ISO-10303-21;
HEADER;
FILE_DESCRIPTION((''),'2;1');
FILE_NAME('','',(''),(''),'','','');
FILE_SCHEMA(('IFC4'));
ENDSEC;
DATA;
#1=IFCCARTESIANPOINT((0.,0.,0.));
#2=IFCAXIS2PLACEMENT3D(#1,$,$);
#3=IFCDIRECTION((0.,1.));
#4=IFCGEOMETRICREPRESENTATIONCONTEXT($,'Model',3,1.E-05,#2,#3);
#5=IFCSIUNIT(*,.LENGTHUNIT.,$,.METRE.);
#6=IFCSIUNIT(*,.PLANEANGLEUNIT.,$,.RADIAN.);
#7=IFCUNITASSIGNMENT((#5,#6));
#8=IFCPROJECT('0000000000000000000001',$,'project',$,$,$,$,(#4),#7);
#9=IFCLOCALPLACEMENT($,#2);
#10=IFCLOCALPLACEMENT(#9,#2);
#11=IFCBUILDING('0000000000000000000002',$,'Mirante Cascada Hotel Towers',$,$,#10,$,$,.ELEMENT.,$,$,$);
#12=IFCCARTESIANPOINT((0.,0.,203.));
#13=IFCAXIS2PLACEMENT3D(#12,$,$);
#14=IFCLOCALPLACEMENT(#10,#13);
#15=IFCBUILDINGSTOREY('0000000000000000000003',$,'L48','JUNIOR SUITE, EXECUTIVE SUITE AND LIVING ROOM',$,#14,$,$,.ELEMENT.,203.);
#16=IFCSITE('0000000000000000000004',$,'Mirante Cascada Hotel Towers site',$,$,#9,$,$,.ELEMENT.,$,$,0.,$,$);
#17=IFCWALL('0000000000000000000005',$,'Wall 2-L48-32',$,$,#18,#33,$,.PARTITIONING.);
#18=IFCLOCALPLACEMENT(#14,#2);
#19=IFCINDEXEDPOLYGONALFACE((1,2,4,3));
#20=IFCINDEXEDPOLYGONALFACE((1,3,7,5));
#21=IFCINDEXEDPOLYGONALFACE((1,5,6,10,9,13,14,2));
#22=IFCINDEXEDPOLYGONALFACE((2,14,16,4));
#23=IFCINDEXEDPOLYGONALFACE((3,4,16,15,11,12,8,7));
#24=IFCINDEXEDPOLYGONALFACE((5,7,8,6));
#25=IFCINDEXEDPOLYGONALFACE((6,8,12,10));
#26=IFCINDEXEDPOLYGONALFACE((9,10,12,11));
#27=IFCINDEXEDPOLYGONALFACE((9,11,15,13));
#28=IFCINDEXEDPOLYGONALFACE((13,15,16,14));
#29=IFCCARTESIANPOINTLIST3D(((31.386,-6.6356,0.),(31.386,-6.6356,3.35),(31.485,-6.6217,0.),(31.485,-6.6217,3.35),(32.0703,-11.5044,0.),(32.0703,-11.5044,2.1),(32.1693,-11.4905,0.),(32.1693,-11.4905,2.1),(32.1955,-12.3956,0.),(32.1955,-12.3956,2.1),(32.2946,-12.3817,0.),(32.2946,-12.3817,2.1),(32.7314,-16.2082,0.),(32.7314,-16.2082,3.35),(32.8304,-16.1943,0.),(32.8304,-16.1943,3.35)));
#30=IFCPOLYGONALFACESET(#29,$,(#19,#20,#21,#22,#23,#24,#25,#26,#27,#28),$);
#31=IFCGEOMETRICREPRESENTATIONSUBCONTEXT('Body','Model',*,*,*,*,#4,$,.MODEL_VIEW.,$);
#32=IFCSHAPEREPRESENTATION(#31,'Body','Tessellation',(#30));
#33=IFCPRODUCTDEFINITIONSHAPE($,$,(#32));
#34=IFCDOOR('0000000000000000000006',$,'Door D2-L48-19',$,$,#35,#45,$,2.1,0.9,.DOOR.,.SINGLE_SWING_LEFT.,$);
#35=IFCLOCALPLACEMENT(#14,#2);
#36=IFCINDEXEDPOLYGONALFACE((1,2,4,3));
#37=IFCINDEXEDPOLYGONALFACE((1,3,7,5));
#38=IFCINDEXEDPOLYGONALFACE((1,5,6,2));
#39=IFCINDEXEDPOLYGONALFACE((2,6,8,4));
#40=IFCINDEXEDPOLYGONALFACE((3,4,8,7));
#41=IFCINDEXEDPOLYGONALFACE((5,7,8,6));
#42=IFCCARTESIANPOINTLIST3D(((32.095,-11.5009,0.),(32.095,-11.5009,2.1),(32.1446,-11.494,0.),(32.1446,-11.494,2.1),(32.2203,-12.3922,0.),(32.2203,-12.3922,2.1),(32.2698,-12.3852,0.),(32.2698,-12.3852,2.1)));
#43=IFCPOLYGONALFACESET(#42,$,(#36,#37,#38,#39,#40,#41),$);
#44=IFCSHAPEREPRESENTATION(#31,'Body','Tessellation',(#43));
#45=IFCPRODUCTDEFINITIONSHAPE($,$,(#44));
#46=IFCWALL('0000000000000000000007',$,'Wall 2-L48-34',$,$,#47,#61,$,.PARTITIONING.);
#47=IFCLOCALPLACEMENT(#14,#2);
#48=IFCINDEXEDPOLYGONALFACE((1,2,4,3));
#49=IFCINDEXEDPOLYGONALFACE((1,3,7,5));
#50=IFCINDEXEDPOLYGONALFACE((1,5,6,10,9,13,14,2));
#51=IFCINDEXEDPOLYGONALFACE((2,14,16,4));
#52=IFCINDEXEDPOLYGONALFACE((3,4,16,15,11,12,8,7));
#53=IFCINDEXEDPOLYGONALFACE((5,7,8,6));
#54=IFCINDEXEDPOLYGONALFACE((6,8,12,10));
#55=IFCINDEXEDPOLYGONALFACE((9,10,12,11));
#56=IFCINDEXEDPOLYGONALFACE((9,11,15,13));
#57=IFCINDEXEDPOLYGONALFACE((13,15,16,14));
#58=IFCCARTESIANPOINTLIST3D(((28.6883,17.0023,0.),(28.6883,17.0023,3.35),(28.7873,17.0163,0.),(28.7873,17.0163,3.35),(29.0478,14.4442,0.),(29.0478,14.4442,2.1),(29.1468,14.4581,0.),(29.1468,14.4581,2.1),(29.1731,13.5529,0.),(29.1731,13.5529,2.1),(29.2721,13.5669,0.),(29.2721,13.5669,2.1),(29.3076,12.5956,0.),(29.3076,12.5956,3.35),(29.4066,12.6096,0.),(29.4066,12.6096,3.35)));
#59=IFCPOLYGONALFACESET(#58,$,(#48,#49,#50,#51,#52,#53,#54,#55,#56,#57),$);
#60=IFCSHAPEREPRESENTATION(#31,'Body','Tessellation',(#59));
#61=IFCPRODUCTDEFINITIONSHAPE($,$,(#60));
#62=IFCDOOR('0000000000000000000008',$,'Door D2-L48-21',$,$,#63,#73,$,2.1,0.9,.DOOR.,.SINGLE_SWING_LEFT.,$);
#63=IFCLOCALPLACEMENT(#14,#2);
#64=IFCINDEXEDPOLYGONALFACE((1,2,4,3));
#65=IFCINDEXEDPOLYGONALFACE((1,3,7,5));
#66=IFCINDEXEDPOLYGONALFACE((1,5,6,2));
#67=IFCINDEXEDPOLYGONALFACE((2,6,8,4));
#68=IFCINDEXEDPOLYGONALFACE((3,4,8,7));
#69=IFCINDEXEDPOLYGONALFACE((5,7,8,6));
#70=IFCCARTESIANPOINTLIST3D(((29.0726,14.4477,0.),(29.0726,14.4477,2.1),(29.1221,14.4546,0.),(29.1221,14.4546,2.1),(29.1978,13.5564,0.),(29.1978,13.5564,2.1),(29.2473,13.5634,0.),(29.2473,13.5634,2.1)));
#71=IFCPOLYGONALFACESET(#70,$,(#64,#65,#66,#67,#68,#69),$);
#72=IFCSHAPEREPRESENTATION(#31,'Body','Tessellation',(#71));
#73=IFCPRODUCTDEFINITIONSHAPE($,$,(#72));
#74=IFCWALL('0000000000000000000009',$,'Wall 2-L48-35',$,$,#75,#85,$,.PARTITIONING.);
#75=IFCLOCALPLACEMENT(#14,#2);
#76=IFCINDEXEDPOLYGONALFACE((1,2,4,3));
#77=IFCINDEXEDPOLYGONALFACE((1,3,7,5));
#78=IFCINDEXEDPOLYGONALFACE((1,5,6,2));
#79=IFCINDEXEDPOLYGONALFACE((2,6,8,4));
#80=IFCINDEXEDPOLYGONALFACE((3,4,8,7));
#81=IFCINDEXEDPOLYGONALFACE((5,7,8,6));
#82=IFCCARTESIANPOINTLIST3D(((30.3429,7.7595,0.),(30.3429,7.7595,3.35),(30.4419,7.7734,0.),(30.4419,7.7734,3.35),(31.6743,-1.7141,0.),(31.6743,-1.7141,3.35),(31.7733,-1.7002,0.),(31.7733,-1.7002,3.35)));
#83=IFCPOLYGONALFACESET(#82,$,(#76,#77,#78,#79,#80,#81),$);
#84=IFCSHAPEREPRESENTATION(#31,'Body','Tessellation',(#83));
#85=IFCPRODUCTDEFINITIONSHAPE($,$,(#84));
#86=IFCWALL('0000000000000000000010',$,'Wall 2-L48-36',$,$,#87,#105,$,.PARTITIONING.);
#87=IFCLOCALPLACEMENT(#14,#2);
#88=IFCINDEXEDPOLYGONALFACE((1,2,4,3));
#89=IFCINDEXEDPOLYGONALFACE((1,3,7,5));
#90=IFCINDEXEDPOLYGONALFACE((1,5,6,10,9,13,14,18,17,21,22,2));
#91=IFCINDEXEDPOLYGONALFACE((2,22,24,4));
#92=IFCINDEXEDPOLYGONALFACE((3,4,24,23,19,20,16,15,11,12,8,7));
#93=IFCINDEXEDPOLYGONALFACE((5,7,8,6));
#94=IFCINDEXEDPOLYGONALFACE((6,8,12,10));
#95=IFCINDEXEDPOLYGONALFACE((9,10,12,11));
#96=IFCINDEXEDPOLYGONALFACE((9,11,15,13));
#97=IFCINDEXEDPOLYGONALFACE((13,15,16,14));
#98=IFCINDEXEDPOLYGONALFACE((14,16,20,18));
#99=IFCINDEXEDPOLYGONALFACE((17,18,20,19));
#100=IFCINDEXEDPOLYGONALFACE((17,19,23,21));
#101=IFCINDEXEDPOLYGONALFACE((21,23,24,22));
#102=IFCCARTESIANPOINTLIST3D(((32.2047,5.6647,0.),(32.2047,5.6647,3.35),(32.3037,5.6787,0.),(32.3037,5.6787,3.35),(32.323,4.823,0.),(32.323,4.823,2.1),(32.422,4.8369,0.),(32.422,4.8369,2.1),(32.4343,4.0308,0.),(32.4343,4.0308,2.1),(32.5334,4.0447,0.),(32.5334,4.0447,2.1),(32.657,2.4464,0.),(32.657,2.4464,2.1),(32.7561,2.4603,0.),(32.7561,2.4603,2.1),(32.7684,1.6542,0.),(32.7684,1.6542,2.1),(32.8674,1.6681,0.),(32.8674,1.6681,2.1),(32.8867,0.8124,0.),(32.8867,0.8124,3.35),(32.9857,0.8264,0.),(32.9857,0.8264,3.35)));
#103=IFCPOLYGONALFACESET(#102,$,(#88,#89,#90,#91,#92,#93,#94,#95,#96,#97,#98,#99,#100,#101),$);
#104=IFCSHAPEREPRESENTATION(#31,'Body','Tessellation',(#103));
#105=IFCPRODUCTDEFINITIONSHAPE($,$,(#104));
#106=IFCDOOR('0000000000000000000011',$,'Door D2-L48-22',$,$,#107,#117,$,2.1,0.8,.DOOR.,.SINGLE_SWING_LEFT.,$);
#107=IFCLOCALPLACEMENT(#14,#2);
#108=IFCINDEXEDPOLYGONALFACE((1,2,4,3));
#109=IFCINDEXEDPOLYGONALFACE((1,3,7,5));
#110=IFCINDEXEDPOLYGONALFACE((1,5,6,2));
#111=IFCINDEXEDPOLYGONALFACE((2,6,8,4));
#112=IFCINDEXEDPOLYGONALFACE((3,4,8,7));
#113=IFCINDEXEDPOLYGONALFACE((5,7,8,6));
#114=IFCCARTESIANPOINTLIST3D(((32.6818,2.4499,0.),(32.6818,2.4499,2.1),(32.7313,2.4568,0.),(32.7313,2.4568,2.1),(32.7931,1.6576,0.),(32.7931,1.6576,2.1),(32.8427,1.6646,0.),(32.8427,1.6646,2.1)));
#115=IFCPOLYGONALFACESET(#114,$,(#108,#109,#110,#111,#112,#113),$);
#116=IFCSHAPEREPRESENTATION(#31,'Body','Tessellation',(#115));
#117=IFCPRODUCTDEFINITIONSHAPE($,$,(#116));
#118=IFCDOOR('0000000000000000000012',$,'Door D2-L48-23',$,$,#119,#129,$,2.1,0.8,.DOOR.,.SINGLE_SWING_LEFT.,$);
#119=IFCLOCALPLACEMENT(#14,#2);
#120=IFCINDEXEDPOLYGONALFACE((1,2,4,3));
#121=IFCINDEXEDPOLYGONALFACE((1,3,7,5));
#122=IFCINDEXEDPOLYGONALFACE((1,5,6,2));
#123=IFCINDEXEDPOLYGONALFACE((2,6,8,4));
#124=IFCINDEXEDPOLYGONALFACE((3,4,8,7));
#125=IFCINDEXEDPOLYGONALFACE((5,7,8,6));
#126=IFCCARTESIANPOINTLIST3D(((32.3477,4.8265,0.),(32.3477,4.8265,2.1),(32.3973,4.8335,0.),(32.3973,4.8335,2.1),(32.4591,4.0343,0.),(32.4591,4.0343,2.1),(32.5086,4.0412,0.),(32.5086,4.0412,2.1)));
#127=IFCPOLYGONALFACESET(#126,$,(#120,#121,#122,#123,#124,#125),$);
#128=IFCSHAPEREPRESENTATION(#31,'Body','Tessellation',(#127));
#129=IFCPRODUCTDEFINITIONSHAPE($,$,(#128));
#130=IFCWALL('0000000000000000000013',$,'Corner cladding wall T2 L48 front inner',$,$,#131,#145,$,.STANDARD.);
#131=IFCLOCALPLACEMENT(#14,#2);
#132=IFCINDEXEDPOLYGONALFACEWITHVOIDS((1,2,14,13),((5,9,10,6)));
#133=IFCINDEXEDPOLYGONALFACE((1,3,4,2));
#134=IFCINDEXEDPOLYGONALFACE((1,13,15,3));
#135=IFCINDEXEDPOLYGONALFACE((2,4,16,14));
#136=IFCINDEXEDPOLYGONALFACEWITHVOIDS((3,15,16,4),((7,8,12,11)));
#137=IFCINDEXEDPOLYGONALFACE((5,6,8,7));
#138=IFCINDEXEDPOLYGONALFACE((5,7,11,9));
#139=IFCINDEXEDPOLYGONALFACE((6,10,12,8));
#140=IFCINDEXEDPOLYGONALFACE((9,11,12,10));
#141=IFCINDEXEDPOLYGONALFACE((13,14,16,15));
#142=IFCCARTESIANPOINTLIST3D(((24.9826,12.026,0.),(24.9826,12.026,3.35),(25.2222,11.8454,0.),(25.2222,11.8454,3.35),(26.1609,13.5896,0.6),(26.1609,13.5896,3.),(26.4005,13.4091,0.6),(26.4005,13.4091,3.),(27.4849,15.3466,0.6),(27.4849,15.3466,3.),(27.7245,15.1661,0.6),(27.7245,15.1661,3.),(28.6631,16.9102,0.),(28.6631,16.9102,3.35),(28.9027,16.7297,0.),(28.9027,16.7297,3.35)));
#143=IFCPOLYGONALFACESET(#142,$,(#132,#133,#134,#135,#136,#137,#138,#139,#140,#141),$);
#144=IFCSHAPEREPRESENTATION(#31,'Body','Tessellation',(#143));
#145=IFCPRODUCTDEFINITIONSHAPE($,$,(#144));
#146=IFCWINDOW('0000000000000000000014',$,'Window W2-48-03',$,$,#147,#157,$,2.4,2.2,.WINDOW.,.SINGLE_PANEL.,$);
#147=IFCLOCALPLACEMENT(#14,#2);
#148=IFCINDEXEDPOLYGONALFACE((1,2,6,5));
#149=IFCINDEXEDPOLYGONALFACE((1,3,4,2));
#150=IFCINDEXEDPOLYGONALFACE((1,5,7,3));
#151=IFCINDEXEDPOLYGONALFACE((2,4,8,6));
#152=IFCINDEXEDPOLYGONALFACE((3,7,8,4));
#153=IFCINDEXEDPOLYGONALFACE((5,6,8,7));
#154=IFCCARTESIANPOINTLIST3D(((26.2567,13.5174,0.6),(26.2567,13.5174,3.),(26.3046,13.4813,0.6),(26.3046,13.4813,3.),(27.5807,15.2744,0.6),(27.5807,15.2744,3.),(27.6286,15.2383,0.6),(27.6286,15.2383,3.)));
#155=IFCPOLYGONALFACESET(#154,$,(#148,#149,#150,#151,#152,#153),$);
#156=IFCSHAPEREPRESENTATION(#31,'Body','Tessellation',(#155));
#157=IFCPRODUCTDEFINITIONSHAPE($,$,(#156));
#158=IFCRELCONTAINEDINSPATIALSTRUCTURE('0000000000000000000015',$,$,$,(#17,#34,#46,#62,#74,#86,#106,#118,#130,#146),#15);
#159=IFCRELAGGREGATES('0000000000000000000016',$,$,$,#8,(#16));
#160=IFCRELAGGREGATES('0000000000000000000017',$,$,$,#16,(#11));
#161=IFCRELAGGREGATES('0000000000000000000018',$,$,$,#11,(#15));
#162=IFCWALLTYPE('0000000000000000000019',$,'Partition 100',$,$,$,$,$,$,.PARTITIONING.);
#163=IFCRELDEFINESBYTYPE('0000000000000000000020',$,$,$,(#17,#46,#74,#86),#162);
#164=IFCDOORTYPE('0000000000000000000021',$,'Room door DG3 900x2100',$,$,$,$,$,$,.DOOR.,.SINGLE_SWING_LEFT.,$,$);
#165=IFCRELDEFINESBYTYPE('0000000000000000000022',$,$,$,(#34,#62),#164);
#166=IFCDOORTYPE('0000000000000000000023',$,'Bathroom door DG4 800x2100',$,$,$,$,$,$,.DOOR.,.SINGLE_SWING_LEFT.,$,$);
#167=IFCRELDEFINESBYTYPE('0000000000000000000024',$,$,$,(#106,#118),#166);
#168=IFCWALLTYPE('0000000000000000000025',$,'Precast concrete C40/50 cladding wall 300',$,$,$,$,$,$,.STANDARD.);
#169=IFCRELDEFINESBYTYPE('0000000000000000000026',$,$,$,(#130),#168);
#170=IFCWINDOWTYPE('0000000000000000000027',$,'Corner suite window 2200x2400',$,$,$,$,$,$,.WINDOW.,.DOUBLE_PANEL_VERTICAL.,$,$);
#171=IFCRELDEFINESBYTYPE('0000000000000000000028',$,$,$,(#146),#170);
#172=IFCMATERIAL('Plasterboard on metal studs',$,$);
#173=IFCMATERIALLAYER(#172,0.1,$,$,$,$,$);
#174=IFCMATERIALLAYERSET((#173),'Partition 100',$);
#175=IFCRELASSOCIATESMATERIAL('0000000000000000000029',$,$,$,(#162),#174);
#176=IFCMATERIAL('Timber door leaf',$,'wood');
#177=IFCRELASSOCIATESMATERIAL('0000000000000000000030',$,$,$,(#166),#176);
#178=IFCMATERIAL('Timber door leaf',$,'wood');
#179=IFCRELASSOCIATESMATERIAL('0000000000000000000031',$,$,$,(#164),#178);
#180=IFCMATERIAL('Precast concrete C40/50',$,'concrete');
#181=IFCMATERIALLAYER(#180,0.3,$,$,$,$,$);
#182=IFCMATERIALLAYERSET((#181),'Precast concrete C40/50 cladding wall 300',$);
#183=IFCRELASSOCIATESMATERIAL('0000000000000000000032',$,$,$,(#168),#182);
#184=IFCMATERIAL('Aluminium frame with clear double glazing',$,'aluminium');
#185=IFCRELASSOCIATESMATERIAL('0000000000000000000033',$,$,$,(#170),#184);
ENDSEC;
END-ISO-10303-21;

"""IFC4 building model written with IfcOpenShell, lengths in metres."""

from ifc_helpers import new_model, si_unit, direction, frame, frame_2d, origin, place, context, subcontext, project, spatial, rectangle, extrude, material, layer, layer_set, type_object, element, fill, save


model = new_model("IFC4")

# Units and contexts
model_context = context("Model", 3, precision=1e-05, world=origin(), true_north=direction((0.0, 1.0)))
body_context = subcontext(model_context, "Body", "Model", "MODEL_VIEW")
ifc_project = project(units=[si_unit("LENGTHUNIT", "METRE"), si_unit("PLANEANGLEUNIT", "RADIAN")], contexts=[model_context])

# Site, building, storey
site_placement = place(None, origin())
site = spatial("IfcSite", under=ifc_project, at=site_placement, Name="Mirante Cascada Hotel Towers site", CompositionType="ELEMENT", RefElevation=0.0)
building_placement = place(site_placement, origin())
building = spatial("IfcBuilding", under=site, at=building_placement, Name="Mirante Cascada Hotel Towers", CompositionType="ELEMENT")
storey_placement = place(building_placement, frame((0.0, 0.0, 203.0)))
storey = spatial("IfcBuildingStorey", under=building, at=storey_placement, Name="L48", Description="JUNIOR SUITE, EXECUTIVE SUITE AND LIVING ROOM", CompositionType="ELEMENT", Elevation=203.0)

# Shared definitions
ifc_material_1 = material(Name="Plasterboard on metal studs")
ifc_layer_1 = layer(ifc_material_1, 0.1)
ifc_layer_set_1 = layer_set([ifc_layer_1], Name="Partition 100")
wall_type_1 = type_object("IfcWallType", Name="Partition 100", PredefinedType="PARTITIONING", material=ifc_layer_set_1)

# Shared definitions
ifc_material_2 = material(Name="Timber door leaf", Category="wood")
door_type_1 = type_object("IfcDoorType", Name="Bathroom door DG4 800x2100", OperationType="SINGLE_SWING_LEFT", PredefinedType="DOOR", material=ifc_material_2)

# Walls, openings, doors
wall_1_placement = place(storey_placement, frame((31.4355, -6.6286, 0.0), z_axis=(0.0, 0.0, 1.0), x_axis=(0.139179, -0.990267, 0.0)))
wall_1 = element("IfcWall", 1, at=wall_1_placement, inside=storey, type_object=wall_type_1, Name="Wall 2-L48-32", PredefinedType="PARTITIONING", context=body_context, shape_type="SweptSolid", body=[
    extrude(rectangle(XDim=9.6667, YDim=0.1, at=frame_2d((4.8334, 0.0))), origin(), (0.0, 0.0, 1.0), 3.35),
])
opening_1_placement = place(wall_1_placement, frame((4.9167, 0.0, 0.0)))
opening_1 = element("IfcOpeningElement", 2, at=opening_1_placement, cuts=wall_1, PredefinedType="OPENING", context=body_context, shape_type="SweptSolid", body=[
    extrude(rectangle(XDim=0.9, YDim=2.1, at=frame_2d((0.45, 1.05))), frame((0.0, 0.05, 0.0), z_axis=(0.0, -1.0, 0.0), x_axis=(1.0, 0.0, 0.0)), (0.0, 0.0, 1.0), 0.1),
])
ifc_material_3 = material(Name="Timber door leaf", Category="wood")
door_type_2 = type_object("IfcDoorType", Name="Room door DG3 900x2100", OperationType="SINGLE_SWING_LEFT", PredefinedType="DOOR", material=ifc_material_3)
door_1_placement = place(opening_1_placement, origin())
door_1 = element("IfcDoor", 3, at=door_1_placement, inside=storey, type_object=door_type_2, Name="Door D2-L48-19", OperationType="SINGLE_SWING_LEFT", OverallHeight=2.1, OverallWidth=0.9, PredefinedType="DOOR", context=body_context, shape_type="SweptSolid", body=[
    extrude(rectangle(XDim=0.9, YDim=2.1, at=frame_2d((0.45, 1.05))), frame((0.0, 0.025, 0.0), z_axis=(0.0, -1.0, 0.0), x_axis=(1.0, 0.0, 0.0)), (0.0, 0.0, 1.0), 0.05),
])
fill(opening_1, door_1)
wall_2_placement = place(storey_placement, frame((28.7378, 17.0093, 0.0), z_axis=(0.0, 0.0, 1.0), x_axis=(0.139168, -0.990269, 0.0)))
wall_2 = element("IfcWall", 4, at=wall_2_placement, inside=storey, type_object=wall_type_1, Name="Wall 2-L48-34", PredefinedType="PARTITIONING", context=body_context, shape_type="SweptSolid", body=[
    extrude(rectangle(XDim=4.45, YDim=0.1, at=frame_2d((2.225, 0.0))), origin(), (0.0, 0.0, 1.0), 3.35),
])
opening_2_placement = place(wall_2_placement, frame((2.5833, 0.0, 0.0)))
opening_2 = element("IfcOpeningElement", 5, at=opening_2_placement, cuts=wall_2, PredefinedType="OPENING", context=body_context, shape_type="SweptSolid", body=[
    extrude(rectangle(XDim=0.9, YDim=2.1, at=frame_2d((0.45, 1.05))), frame((0.0, 0.05, 0.0), z_axis=(0.0, -1.0, 0.0), x_axis=(1.0, 0.0, 0.0)), (0.0, 0.0, 1.0), 0.1),
])
door_2_placement = place(opening_2_placement, origin())
door_2 = element("IfcDoor", 6, at=door_2_placement, inside=storey, type_object=door_type_2, Name="Door D2-L48-21", OperationType="SINGLE_SWING_LEFT", OverallHeight=2.1, OverallWidth=0.9, PredefinedType="DOOR", context=body_context, shape_type="SweptSolid", body=[
    extrude(rectangle(XDim=0.9, YDim=2.1, at=frame_2d((0.45, 1.05))), frame((0.0, 0.025, 0.0), z_axis=(0.0, -1.0, 0.0), x_axis=(1.0, 0.0, 0.0)), (0.0, 0.0, 1.0), 0.05),
])
fill(opening_2, door_2)

# Wall
wall_3_placement = place(storey_placement, frame((31.7238, -1.7072, 0.0), z_axis=(0.0, 0.0, 1.0), x_axis=(-0.13917, 0.990268, 0.0)))
element("IfcWall", 7, at=wall_3_placement, inside=storey, type_object=wall_type_1, Name="Wall 2-L48-35", PredefinedType="PARTITIONING", context=body_context, shape_type="SweptSolid", body=[
    extrude(rectangle(XDim=9.5667, YDim=0.1, at=frame_2d((4.7834, 0.0))), origin(), (0.0, 0.0, 1.0), 3.35),
])

# Wall, openings, doors
wall_4_placement = place(storey_placement, frame((32.2542, 5.6717, 0.0), z_axis=(0.0, 0.0, 1.0), x_axis=(0.139184, -0.990267, 0.0)))
wall_4 = element("IfcWall", 8, at=wall_4_placement, inside=storey, type_object=wall_type_1, Name="Wall 2-L48-36", PredefinedType="PARTITIONING", context=body_context, shape_type="SweptSolid", body=[
    extrude(rectangle(XDim=4.9, YDim=0.1, at=frame_2d((2.45, 0.0))), origin(), (0.0, 0.0, 1.0), 3.35),
])
opening_3_placement = place(wall_4_placement, frame((3.25, 0.0, 0.0)))
opening_3 = element("IfcOpeningElement", 9, at=opening_3_placement, cuts=wall_4, PredefinedType="OPENING", context=body_context, shape_type="SweptSolid", body=[
    extrude(rectangle(XDim=0.8, YDim=2.1, at=frame_2d((0.4, 1.05))), frame((0.0, 0.05, 0.0), z_axis=(0.0, -1.0, 0.0), x_axis=(1.0, 0.0, 0.0)), (0.0, 0.0, 1.0), 0.1),
])
opening_4_placement = place(wall_4_placement, frame((0.85, 0.0, 0.0)))
opening_4 = element("IfcOpeningElement", 10, at=opening_4_placement, cuts=wall_4, PredefinedType="OPENING", context=body_context, shape_type="SweptSolid", body=[
    extrude(rectangle(XDim=0.8, YDim=2.1, at=frame_2d((0.4, 1.05))), frame((0.0, 0.05, 0.0), z_axis=(0.0, -1.0, 0.0), x_axis=(1.0, 0.0, 0.0)), (0.0, 0.0, 1.0), 0.1),
])
door_3_placement = place(opening_3_placement, origin())
door_3 = element("IfcDoor", 11, at=door_3_placement, inside=storey, type_object=door_type_1, Name="Door D2-L48-22", OperationType="SINGLE_SWING_LEFT", OverallHeight=2.1, OverallWidth=0.8, PredefinedType="DOOR", context=body_context, shape_type="SweptSolid", body=[
    extrude(rectangle(XDim=0.8, YDim=2.1, at=frame_2d((0.4, 1.05))), frame((0.0, 0.025, 0.0), z_axis=(0.0, -1.0, 0.0), x_axis=(1.0, 0.0, 0.0)), (0.0, 0.0, 1.0), 0.05),
])
fill(opening_3, door_3)
door_4_placement = place(opening_4_placement, origin())
door_4 = element("IfcDoor", 12, at=door_4_placement, inside=storey, type_object=door_type_1, Name="Door D2-L48-23", OperationType="SINGLE_SWING_LEFT", OverallHeight=2.1, OverallWidth=0.8, PredefinedType="DOOR", context=body_context, shape_type="SweptSolid", body=[
    extrude(rectangle(XDim=0.8, YDim=2.1, at=frame_2d((0.4, 1.05))), frame((0.0, 0.025, 0.0), z_axis=(0.0, -1.0, 0.0), x_axis=(1.0, 0.0, 0.0)), (0.0, 0.0, 1.0), 0.05),
])
fill(opening_4, door_4)

# Wall, opening, window
ifc_material_4 = material(Name="Precast concrete C40/50", Category="concrete")
ifc_layer_2 = layer(ifc_material_4, 0.3)
ifc_layer_set_2 = layer_set([ifc_layer_2], Name="Precast concrete C40/50 cladding wall 300")
wall_type_2 = type_object("IfcWallType", Name="Precast concrete C40/50 cladding wall 300", PredefinedType="STANDARD", material=ifc_layer_set_2)
wall_5_placement = place(storey_placement, frame((28.7829, 16.8199, 0.0), z_axis=(0.0, 0.0, 1.0), x_axis=(-0.601814, -0.798636, 0.0)))
wall_5 = element("IfcWall", 13, at=wall_5_placement, inside=storey, type_object=wall_type_2, Name="Corner cladding wall T2 L48 front inner", PredefinedType="STANDARD", context=body_context, shape_type="SweptSolid", body=[
    extrude(rectangle(XDim=6.1157, YDim=0.3, at=frame_2d((3.0578, 0.0))), origin(), (0.0, 0.0, 1.0), 3.35),
])
opening_5_placement = place(wall_5_placement, frame((1.9578, 0.0, 0.6)))
opening_5 = element("IfcOpeningElement", 14, at=opening_5_placement, cuts=wall_5, PredefinedType="OPENING", context=body_context, shape_type="SweptSolid", body=[
    extrude(rectangle(XDim=2.2, YDim=2.4, at=frame_2d((1.1, 1.2))), frame((0.0, 0.15, 0.0), z_axis=(0.0, -1.0, 0.0), x_axis=(1.0, 0.0, 0.0)), (0.0, 0.0, 1.0), 0.3),
])
ifc_material_5 = material(Name="Aluminium frame with clear double glazing", Category="aluminium")
window_type = type_object("IfcWindowType", Name="Corner suite window 2200x2400", PartitioningType="DOUBLE_PANEL_VERTICAL", PredefinedType="WINDOW", material=ifc_material_5)
window_1_placement = place(opening_5_placement, origin())
window_1 = element("IfcWindow", 15, at=window_1_placement, inside=storey, type_object=window_type, Name="Window W2-48-03", OverallHeight=2.4, OverallWidth=2.2, PartitioningType="SINGLE_PANEL", PredefinedType="WINDOW", context=body_context, shape_type="SweptSolid", body=[
    extrude(rectangle(XDim=2.2, YDim=2.4, at=frame_2d((1.1, 1.2))), frame((0.0, 0.03, 0.0), z_axis=(0.0, -1.0, 0.0), x_axis=(1.0, 0.0, 0.0)), (0.0, 0.0, 1.0), 0.06),
])
fill(opening_5, window_1)

save(model, "model.ifc")
